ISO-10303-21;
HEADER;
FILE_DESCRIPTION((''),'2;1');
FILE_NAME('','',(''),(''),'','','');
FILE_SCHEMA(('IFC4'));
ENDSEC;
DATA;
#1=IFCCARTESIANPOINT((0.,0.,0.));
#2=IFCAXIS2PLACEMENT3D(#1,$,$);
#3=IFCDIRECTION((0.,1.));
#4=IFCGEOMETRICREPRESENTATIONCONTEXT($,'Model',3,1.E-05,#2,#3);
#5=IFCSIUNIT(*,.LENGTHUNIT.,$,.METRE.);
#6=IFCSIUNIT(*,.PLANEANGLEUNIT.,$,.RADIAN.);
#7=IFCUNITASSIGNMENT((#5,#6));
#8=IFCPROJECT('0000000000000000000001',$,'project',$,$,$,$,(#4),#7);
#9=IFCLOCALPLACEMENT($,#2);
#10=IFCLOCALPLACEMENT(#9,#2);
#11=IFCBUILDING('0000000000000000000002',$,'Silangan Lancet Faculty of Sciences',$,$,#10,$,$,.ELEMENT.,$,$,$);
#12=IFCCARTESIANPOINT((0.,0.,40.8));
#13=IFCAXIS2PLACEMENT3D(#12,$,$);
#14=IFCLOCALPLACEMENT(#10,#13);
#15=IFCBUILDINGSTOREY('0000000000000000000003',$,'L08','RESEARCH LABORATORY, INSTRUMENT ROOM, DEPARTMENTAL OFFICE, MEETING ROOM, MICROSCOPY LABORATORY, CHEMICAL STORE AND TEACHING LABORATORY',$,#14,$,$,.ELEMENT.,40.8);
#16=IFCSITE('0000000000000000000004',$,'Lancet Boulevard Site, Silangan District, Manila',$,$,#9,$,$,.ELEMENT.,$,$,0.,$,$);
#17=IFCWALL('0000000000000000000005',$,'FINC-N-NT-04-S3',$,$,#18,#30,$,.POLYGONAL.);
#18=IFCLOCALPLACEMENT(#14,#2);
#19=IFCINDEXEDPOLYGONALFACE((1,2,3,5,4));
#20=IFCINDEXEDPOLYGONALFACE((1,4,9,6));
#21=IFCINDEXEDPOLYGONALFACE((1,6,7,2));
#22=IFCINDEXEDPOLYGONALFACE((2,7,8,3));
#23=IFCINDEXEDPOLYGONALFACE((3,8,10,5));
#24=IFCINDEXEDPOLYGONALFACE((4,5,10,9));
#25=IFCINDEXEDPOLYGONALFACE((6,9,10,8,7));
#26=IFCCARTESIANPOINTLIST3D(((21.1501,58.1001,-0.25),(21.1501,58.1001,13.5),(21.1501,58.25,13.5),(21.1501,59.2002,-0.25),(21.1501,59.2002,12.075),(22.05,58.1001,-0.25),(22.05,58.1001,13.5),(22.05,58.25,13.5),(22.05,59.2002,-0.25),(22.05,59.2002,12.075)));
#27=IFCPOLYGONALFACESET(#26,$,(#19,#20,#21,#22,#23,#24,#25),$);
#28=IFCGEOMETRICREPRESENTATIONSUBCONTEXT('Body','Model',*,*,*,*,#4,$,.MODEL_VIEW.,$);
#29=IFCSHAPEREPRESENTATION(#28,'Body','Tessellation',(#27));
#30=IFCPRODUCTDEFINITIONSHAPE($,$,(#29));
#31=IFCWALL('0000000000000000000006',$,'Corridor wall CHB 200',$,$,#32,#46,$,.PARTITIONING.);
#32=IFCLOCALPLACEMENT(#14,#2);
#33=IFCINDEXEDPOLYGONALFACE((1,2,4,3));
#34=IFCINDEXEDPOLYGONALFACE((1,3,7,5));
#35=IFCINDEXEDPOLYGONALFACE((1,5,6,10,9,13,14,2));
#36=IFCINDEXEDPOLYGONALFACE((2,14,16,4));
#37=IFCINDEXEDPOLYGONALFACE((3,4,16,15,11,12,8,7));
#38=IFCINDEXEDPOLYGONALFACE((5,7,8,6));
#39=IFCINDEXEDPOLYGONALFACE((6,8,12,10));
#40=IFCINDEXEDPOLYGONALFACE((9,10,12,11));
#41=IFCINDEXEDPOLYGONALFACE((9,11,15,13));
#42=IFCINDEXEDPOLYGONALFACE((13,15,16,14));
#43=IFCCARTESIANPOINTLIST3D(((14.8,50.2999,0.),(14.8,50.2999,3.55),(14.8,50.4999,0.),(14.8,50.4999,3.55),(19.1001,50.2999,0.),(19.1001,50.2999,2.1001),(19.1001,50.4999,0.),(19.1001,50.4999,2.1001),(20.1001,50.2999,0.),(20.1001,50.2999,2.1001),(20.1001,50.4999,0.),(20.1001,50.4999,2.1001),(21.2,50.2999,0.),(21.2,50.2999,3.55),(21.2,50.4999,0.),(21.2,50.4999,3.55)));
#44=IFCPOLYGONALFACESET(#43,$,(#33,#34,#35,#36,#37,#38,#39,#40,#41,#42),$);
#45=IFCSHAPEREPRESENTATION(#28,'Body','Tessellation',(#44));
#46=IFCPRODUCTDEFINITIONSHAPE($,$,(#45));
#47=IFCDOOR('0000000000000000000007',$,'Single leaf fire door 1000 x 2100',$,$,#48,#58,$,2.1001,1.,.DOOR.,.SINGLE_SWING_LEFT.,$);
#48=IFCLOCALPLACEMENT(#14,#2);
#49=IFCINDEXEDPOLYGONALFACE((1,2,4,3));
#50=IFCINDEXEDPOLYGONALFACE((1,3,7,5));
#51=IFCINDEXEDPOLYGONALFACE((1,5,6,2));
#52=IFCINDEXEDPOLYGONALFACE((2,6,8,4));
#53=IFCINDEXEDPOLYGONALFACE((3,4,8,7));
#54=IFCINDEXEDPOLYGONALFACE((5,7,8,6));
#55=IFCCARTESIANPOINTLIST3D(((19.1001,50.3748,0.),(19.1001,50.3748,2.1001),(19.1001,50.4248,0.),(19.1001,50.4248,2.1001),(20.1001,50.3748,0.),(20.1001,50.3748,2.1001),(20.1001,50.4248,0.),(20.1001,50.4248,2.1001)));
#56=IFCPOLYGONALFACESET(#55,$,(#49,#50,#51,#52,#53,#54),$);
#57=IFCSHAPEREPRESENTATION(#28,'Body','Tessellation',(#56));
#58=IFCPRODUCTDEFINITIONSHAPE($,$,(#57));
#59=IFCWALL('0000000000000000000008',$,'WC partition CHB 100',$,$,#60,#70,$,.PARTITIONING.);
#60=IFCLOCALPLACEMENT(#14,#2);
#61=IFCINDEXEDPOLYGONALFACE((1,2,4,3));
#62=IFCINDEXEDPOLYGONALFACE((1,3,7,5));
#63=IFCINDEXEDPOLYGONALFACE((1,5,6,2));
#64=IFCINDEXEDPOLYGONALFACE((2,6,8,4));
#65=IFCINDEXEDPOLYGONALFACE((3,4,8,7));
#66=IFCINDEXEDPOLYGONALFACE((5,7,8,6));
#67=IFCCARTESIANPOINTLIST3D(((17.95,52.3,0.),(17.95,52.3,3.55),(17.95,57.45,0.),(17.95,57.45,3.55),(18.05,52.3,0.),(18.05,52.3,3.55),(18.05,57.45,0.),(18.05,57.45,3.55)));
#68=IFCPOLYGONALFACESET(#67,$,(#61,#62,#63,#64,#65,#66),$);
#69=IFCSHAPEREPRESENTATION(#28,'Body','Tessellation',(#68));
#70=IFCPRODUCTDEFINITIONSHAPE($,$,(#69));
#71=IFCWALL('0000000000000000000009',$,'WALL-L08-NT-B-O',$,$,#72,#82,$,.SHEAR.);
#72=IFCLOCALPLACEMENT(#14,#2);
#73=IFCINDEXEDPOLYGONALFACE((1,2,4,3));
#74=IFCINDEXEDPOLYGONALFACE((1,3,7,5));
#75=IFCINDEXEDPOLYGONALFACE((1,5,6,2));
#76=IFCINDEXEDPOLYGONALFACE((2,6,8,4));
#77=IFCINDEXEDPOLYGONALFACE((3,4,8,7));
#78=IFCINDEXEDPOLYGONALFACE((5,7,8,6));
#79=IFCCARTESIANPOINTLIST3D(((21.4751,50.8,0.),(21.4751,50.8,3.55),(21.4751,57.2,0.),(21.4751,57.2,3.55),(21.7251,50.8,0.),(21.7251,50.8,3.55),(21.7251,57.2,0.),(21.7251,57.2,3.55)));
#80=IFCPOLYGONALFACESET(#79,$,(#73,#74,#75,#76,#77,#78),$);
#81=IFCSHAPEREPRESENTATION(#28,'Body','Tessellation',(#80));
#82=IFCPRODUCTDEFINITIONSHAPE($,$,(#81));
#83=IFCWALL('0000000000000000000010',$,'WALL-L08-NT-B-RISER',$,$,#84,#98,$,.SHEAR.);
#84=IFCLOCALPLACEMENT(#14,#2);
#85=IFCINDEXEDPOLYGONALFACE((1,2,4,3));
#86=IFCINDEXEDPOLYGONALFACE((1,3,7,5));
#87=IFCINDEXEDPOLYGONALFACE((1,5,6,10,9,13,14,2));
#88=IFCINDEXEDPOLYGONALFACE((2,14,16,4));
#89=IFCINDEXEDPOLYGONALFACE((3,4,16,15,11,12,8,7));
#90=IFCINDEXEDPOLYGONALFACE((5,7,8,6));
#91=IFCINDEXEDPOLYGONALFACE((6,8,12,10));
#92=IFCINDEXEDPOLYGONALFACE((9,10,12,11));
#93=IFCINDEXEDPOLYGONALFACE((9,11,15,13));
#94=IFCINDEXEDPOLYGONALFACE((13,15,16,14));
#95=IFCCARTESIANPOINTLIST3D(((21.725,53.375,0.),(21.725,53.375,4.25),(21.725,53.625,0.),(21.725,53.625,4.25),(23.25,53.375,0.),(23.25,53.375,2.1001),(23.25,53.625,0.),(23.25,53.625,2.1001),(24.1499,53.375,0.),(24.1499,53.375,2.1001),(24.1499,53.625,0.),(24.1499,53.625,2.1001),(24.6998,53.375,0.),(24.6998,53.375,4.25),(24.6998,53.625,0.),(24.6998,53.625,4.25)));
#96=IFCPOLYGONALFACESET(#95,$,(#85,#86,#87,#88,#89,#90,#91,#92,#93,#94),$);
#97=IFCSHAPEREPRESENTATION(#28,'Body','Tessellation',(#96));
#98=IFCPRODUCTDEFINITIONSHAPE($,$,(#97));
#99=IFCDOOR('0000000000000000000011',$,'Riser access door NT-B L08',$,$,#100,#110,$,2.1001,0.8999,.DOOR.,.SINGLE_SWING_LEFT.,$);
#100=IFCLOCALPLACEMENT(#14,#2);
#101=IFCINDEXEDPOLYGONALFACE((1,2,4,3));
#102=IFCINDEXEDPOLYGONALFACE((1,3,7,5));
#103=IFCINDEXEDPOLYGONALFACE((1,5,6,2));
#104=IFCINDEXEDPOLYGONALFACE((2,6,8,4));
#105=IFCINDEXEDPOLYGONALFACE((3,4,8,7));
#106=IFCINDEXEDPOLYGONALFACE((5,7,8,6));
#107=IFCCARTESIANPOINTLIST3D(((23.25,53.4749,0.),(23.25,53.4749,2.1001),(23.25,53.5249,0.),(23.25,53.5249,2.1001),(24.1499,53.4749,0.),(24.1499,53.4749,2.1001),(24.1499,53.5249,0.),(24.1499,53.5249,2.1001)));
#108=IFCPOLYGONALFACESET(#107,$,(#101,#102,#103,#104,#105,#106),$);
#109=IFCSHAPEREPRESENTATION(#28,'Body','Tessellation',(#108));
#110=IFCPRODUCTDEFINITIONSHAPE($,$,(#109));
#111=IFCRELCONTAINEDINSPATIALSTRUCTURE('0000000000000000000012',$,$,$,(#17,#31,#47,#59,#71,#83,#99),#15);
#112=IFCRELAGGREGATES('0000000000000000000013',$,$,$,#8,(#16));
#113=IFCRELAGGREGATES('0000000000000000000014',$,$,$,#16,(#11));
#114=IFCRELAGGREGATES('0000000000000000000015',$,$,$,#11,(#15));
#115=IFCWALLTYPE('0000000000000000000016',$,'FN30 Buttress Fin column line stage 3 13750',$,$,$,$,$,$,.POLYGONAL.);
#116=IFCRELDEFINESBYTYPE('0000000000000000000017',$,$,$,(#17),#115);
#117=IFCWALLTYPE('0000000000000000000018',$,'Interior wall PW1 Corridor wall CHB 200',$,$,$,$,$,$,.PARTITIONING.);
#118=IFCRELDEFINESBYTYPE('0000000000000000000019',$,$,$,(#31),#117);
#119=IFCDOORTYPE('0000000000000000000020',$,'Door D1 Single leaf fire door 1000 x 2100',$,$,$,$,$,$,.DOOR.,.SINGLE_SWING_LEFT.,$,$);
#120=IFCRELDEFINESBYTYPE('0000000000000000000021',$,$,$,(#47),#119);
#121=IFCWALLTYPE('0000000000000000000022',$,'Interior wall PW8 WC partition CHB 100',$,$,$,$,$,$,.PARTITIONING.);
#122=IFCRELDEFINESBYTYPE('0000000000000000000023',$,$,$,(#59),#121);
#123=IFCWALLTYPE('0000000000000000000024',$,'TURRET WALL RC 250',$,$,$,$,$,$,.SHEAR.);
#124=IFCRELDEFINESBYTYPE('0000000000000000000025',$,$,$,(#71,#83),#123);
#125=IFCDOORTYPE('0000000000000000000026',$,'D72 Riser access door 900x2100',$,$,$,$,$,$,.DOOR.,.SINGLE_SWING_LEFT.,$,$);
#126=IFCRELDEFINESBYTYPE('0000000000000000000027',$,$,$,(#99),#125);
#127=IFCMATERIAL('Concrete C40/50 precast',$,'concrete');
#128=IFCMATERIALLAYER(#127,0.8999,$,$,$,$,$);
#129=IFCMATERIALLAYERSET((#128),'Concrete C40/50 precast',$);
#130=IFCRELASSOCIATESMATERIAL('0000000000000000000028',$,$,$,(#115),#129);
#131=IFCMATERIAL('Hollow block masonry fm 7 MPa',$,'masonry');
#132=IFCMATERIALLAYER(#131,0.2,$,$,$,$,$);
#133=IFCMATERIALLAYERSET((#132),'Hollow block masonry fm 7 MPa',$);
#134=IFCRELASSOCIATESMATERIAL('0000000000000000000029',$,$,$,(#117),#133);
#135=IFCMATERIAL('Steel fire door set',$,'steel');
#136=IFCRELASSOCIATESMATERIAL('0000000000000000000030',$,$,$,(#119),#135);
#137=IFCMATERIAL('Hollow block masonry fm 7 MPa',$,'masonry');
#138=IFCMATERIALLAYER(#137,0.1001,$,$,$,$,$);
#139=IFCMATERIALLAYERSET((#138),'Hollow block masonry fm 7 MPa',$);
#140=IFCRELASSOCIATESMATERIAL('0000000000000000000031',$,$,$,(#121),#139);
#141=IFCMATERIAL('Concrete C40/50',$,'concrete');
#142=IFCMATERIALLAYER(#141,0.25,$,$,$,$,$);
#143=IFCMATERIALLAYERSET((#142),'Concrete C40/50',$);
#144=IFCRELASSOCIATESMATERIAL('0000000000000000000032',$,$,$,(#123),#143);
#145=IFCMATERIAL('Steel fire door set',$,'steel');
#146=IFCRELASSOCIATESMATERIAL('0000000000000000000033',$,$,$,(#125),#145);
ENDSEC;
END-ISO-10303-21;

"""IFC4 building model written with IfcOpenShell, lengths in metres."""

from ifc_helpers import new_model, si_unit, direction, frame, frame_2d, origin, place, context, subcontext, project, spatial, polyline, rectangle, outline, extrude, material, layer, layer_set, type_object, element, fill, save


model = new_model("IFC4")

# Units and contexts
model_context = context("Model", 3, precision=1e-05, world=origin(), true_north=direction((0.0, 1.0)))
body_context = subcontext(model_context, "Body", "Model", "MODEL_VIEW")
ifc_project = project(units=[si_unit("LENGTHUNIT", "METRE"), si_unit("PLANEANGLEUNIT", "RADIAN")], contexts=[model_context])

# Site, building, storey
site_placement = place(None, origin())
site = spatial("IfcSite", under=ifc_project, at=site_placement, Name="Lancet Boulevard Site, Silangan District, Manila", CompositionType="ELEMENT", RefElevation=0.0)
building_placement = place(site_placement, origin())
building = spatial("IfcBuilding", under=site, at=building_placement, Name="Silangan Lancet Faculty of Sciences", CompositionType="ELEMENT")
storey_placement = place(building_placement, frame((0.0, 0.0, 40.8)))
storey = spatial("IfcBuildingStorey", under=building, at=storey_placement, Name="L08", Description="RESEARCH LABORATORY, INSTRUMENT ROOM, DEPARTMENTAL OFFICE, MEETING ROOM, MICROSCOPY LABORATORY, CHEMICAL STORE AND TEACHING LABORATORY", CompositionType="ELEMENT", Elevation=40.8)

# Wall
ifc_material_1 = material(Name="Concrete C40/50 precast", Category="concrete")
ifc_layer_1 = layer(ifc_material_1, 0.8999)
ifc_layer_set_1 = layer_set([ifc_layer_1], Name="Concrete C40/50 precast")
wall_type_1 = type_object("IfcWallType", Name="FN30 Buttress Fin column line stage 3 13750", PredefinedType="POLYGONAL", material=ifc_layer_set_1)
wall_1_placement = place(storey_placement, frame((21.6001, 58.1001, -0.25), z_axis=(0.0, 0.0, 1.0), x_axis=(0.0, 1.0, 0.0)))
element("IfcWall", 1, at=wall_1_placement, inside=storey, type_object=wall_type_1, Name="FINC-N-NT-04-S3", PredefinedType="POLYGONAL", context=body_context, shape_type="SweptSolid", body=[
    extrude(outline(polyline([(1.1001, 0.0), (1.1001, 12.325), (0.1499, 13.75), (0.0, 13.75), (0.0, 0.0), (1.1001, 0.0)])), frame((0.0, 0.45, 0.0), z_axis=(0.0, -1.0, 0.0), x_axis=(1.0, 0.0, 0.0)), (0.0, 0.0, 1.0), 0.8999),
])

# Wall, opening, door
ifc_material_2 = material(Name="Hollow block masonry fm 7 MPa", Category="masonry")
ifc_layer_2 = layer(ifc_material_2, 0.2)
ifc_layer_set_2 = layer_set([ifc_layer_2], Name="Hollow block masonry fm 7 MPa")
wall_type_2 = type_object("IfcWallType", Name="Interior wall PW1 Corridor wall CHB 200", PredefinedType="PARTITIONING", material=ifc_layer_set_2)
wall_2_placement = place(storey_placement, frame((14.8, 50.3999, 0.0), z_axis=(0.0, 0.0, 1.0), x_axis=(1.0, 0.0, 0.0)))
wall_2 = element("IfcWall", 2, at=wall_2_placement, inside=storey, type_object=wall_type_2, Name="Corridor wall CHB 200", PredefinedType="PARTITIONING", context=body_context, shape_type="SweptSolid", body=[
    extrude(rectangle(XDim=6.3999, YDim=0.2, at=frame_2d((3.2, 0.0))), origin(), (0.0, 0.0, 1.0), 3.55),
])
opening_1_placement = place(wall_2_placement, frame((4.3, 0.0, 0.0)))
opening_1 = element("IfcOpeningElement", 3, at=opening_1_placement, cuts=wall_2, PredefinedType="OPENING", context=body_context, shape_type="SweptSolid", body=[
    extrude(rectangle(XDim=1.0, YDim=2.1001, at=frame_2d((0.5, 1.05))), frame((0.0, 0.1099, 0.0), z_axis=(0.0, -1.0, 0.0), x_axis=(1.0, 0.0, 0.0)), (0.0, 0.0, 1.0), 0.22),
])
ifc_material_3 = material(Name="Steel fire door set", Category="steel")
door_type_1 = type_object("IfcDoorType", Name="Door D1 Single leaf fire door 1000 x 2100", OperationType="SINGLE_SWING_LEFT", PredefinedType="DOOR", material=ifc_material_3)
door_1_placement = place(opening_1_placement, origin())
door_1 = element("IfcDoor", 4, at=door_1_placement, inside=storey, type_object=door_type_1, Name="Single leaf fire door 1000 x 2100", OperationType="SINGLE_SWING_LEFT", OverallHeight=2.1001, OverallWidth=1.0, PredefinedType="DOOR", context=body_context, shape_type="SweptSolid", body=[
    extrude(rectangle(XDim=1.0, YDim=2.1001, at=frame_2d((0.5, 1.05))), frame((0.0, 0.0249, 0.0), z_axis=(0.0, -1.0, 0.0), x_axis=(1.0, 0.0, 0.0)), (0.0, 0.0, 1.0), 0.05),
])
fill(opening_1, door_1)

# Walls
ifc_material_4 = material(Name="Hollow block masonry fm 7 MPa", Category="masonry")
ifc_layer_3 = layer(ifc_material_4, 0.1001)
ifc_layer_set_3 = layer_set([ifc_layer_3], Name="Hollow block masonry fm 7 MPa")
wall_type_3 = type_object("IfcWallType", Name="Interior wall PW8 WC partition CHB 100", PredefinedType="PARTITIONING", material=ifc_layer_set_3)
wall_3_placement = place(storey_placement, frame((18.0, 52.3, 0.0), z_axis=(0.0, 0.0, 1.0), x_axis=(0.0, 1.0, 0.0)))
element("IfcWall", 5, at=wall_3_placement, inside=storey, type_object=wall_type_3, Name="WC partition CHB 100", PredefinedType="PARTITIONING", context=body_context, shape_type="SweptSolid", body=[
    extrude(rectangle(XDim=5.1499, YDim=0.1001, at=frame_2d((2.575, 0.0))), origin(), (0.0, 0.0, 1.0), 3.55),
])
ifc_material_5 = material(Name="Concrete C40/50", Category="concrete")
ifc_layer_4 = layer(ifc_material_5, 0.25)
ifc_layer_set_4 = layer_set([ifc_layer_4], Name="Concrete C40/50")
wall_type_4 = type_object("IfcWallType", Name="TURRET WALL RC 250", PredefinedType="SHEAR", material=ifc_layer_set_4)
wall_4_placement = place(storey_placement, frame((21.6001, 50.8, 0.0), z_axis=(0.0, 0.0, 1.0), x_axis=(0.0, 1.0, 0.0)))
element("IfcWall", 6, at=wall_4_placement, inside=storey, type_object=wall_type_4, Name="WALL-L08-NT-B-O", PredefinedType="SHEAR", context=body_context, shape_type="SweptSolid", body=[
    extrude(rectangle(XDim=6.3999, YDim=0.25, at=frame_2d((3.2, 0.0))), origin(), (0.0, 0.0, 1.0), 3.55),
])

# Wall, opening, door
wall_5_placement = place(storey_placement, frame((21.7251, 53.5, 0.0), z_axis=(0.0, 0.0, 1.0), x_axis=(1.0, 0.0, 0.0)))
wall_5 = element("IfcWall", 7, at=wall_5_placement, inside=storey, type_object=wall_type_4, Name="WALL-L08-NT-B-RISER", PredefinedType="SHEAR", context=body_context, shape_type="SweptSolid", body=[
    extrude(rectangle(XDim=2.9749, YDim=0.25, at=frame_2d((1.4873, 0.0))), origin(), (0.0, 0.0, 1.0), 4.25),
])
opening_2_placement = place(wall_5_placement, frame((1.5249, 0.0, 0.0)))
opening_2 = element("IfcOpeningElement", 8, at=opening_2_placement, cuts=wall_5, PredefinedType="OPENING", context=body_context, shape_type="SweptSolid", body=[
    extrude(rectangle(XDim=0.8999, YDim=2.1001, at=frame_2d((0.45, 1.05))), frame((0.0, 0.135, 0.0), z_axis=(0.0, -1.0, 0.0), x_axis=(1.0, 0.0, 0.0)), (0.0, 0.0, 1.0), 0.27),
])
ifc_material_6 = material(Name="Steel fire door set", Category="steel")
door_type_2 = type_object("IfcDoorType", Name="D72 Riser access door 900x2100", OperationType="SINGLE_SWING_LEFT", PredefinedType="DOOR", material=ifc_material_6)
door_2_placement = place(opening_2_placement, origin())
door_2 = element("IfcDoor", 9, at=door_2_placement, inside=storey, type_object=door_type_2, Name="Riser access door NT-B L08", OperationType="SINGLE_SWING_LEFT", OverallHeight=2.1001, OverallWidth=0.8999, PredefinedType="DOOR", context=body_context, shape_type="SweptSolid", body=[
    extrude(rectangle(XDim=0.8999, YDim=2.1001, at=frame_2d((0.45, 1.05))), frame((0.0, 0.0249, 0.0), z_axis=(0.0, -1.0, 0.0), x_axis=(1.0, 0.0, 0.0)), (0.0, 0.0, 1.0), 0.05),
])
fill(opening_2, door_2)

save(model, "model.ifc")
